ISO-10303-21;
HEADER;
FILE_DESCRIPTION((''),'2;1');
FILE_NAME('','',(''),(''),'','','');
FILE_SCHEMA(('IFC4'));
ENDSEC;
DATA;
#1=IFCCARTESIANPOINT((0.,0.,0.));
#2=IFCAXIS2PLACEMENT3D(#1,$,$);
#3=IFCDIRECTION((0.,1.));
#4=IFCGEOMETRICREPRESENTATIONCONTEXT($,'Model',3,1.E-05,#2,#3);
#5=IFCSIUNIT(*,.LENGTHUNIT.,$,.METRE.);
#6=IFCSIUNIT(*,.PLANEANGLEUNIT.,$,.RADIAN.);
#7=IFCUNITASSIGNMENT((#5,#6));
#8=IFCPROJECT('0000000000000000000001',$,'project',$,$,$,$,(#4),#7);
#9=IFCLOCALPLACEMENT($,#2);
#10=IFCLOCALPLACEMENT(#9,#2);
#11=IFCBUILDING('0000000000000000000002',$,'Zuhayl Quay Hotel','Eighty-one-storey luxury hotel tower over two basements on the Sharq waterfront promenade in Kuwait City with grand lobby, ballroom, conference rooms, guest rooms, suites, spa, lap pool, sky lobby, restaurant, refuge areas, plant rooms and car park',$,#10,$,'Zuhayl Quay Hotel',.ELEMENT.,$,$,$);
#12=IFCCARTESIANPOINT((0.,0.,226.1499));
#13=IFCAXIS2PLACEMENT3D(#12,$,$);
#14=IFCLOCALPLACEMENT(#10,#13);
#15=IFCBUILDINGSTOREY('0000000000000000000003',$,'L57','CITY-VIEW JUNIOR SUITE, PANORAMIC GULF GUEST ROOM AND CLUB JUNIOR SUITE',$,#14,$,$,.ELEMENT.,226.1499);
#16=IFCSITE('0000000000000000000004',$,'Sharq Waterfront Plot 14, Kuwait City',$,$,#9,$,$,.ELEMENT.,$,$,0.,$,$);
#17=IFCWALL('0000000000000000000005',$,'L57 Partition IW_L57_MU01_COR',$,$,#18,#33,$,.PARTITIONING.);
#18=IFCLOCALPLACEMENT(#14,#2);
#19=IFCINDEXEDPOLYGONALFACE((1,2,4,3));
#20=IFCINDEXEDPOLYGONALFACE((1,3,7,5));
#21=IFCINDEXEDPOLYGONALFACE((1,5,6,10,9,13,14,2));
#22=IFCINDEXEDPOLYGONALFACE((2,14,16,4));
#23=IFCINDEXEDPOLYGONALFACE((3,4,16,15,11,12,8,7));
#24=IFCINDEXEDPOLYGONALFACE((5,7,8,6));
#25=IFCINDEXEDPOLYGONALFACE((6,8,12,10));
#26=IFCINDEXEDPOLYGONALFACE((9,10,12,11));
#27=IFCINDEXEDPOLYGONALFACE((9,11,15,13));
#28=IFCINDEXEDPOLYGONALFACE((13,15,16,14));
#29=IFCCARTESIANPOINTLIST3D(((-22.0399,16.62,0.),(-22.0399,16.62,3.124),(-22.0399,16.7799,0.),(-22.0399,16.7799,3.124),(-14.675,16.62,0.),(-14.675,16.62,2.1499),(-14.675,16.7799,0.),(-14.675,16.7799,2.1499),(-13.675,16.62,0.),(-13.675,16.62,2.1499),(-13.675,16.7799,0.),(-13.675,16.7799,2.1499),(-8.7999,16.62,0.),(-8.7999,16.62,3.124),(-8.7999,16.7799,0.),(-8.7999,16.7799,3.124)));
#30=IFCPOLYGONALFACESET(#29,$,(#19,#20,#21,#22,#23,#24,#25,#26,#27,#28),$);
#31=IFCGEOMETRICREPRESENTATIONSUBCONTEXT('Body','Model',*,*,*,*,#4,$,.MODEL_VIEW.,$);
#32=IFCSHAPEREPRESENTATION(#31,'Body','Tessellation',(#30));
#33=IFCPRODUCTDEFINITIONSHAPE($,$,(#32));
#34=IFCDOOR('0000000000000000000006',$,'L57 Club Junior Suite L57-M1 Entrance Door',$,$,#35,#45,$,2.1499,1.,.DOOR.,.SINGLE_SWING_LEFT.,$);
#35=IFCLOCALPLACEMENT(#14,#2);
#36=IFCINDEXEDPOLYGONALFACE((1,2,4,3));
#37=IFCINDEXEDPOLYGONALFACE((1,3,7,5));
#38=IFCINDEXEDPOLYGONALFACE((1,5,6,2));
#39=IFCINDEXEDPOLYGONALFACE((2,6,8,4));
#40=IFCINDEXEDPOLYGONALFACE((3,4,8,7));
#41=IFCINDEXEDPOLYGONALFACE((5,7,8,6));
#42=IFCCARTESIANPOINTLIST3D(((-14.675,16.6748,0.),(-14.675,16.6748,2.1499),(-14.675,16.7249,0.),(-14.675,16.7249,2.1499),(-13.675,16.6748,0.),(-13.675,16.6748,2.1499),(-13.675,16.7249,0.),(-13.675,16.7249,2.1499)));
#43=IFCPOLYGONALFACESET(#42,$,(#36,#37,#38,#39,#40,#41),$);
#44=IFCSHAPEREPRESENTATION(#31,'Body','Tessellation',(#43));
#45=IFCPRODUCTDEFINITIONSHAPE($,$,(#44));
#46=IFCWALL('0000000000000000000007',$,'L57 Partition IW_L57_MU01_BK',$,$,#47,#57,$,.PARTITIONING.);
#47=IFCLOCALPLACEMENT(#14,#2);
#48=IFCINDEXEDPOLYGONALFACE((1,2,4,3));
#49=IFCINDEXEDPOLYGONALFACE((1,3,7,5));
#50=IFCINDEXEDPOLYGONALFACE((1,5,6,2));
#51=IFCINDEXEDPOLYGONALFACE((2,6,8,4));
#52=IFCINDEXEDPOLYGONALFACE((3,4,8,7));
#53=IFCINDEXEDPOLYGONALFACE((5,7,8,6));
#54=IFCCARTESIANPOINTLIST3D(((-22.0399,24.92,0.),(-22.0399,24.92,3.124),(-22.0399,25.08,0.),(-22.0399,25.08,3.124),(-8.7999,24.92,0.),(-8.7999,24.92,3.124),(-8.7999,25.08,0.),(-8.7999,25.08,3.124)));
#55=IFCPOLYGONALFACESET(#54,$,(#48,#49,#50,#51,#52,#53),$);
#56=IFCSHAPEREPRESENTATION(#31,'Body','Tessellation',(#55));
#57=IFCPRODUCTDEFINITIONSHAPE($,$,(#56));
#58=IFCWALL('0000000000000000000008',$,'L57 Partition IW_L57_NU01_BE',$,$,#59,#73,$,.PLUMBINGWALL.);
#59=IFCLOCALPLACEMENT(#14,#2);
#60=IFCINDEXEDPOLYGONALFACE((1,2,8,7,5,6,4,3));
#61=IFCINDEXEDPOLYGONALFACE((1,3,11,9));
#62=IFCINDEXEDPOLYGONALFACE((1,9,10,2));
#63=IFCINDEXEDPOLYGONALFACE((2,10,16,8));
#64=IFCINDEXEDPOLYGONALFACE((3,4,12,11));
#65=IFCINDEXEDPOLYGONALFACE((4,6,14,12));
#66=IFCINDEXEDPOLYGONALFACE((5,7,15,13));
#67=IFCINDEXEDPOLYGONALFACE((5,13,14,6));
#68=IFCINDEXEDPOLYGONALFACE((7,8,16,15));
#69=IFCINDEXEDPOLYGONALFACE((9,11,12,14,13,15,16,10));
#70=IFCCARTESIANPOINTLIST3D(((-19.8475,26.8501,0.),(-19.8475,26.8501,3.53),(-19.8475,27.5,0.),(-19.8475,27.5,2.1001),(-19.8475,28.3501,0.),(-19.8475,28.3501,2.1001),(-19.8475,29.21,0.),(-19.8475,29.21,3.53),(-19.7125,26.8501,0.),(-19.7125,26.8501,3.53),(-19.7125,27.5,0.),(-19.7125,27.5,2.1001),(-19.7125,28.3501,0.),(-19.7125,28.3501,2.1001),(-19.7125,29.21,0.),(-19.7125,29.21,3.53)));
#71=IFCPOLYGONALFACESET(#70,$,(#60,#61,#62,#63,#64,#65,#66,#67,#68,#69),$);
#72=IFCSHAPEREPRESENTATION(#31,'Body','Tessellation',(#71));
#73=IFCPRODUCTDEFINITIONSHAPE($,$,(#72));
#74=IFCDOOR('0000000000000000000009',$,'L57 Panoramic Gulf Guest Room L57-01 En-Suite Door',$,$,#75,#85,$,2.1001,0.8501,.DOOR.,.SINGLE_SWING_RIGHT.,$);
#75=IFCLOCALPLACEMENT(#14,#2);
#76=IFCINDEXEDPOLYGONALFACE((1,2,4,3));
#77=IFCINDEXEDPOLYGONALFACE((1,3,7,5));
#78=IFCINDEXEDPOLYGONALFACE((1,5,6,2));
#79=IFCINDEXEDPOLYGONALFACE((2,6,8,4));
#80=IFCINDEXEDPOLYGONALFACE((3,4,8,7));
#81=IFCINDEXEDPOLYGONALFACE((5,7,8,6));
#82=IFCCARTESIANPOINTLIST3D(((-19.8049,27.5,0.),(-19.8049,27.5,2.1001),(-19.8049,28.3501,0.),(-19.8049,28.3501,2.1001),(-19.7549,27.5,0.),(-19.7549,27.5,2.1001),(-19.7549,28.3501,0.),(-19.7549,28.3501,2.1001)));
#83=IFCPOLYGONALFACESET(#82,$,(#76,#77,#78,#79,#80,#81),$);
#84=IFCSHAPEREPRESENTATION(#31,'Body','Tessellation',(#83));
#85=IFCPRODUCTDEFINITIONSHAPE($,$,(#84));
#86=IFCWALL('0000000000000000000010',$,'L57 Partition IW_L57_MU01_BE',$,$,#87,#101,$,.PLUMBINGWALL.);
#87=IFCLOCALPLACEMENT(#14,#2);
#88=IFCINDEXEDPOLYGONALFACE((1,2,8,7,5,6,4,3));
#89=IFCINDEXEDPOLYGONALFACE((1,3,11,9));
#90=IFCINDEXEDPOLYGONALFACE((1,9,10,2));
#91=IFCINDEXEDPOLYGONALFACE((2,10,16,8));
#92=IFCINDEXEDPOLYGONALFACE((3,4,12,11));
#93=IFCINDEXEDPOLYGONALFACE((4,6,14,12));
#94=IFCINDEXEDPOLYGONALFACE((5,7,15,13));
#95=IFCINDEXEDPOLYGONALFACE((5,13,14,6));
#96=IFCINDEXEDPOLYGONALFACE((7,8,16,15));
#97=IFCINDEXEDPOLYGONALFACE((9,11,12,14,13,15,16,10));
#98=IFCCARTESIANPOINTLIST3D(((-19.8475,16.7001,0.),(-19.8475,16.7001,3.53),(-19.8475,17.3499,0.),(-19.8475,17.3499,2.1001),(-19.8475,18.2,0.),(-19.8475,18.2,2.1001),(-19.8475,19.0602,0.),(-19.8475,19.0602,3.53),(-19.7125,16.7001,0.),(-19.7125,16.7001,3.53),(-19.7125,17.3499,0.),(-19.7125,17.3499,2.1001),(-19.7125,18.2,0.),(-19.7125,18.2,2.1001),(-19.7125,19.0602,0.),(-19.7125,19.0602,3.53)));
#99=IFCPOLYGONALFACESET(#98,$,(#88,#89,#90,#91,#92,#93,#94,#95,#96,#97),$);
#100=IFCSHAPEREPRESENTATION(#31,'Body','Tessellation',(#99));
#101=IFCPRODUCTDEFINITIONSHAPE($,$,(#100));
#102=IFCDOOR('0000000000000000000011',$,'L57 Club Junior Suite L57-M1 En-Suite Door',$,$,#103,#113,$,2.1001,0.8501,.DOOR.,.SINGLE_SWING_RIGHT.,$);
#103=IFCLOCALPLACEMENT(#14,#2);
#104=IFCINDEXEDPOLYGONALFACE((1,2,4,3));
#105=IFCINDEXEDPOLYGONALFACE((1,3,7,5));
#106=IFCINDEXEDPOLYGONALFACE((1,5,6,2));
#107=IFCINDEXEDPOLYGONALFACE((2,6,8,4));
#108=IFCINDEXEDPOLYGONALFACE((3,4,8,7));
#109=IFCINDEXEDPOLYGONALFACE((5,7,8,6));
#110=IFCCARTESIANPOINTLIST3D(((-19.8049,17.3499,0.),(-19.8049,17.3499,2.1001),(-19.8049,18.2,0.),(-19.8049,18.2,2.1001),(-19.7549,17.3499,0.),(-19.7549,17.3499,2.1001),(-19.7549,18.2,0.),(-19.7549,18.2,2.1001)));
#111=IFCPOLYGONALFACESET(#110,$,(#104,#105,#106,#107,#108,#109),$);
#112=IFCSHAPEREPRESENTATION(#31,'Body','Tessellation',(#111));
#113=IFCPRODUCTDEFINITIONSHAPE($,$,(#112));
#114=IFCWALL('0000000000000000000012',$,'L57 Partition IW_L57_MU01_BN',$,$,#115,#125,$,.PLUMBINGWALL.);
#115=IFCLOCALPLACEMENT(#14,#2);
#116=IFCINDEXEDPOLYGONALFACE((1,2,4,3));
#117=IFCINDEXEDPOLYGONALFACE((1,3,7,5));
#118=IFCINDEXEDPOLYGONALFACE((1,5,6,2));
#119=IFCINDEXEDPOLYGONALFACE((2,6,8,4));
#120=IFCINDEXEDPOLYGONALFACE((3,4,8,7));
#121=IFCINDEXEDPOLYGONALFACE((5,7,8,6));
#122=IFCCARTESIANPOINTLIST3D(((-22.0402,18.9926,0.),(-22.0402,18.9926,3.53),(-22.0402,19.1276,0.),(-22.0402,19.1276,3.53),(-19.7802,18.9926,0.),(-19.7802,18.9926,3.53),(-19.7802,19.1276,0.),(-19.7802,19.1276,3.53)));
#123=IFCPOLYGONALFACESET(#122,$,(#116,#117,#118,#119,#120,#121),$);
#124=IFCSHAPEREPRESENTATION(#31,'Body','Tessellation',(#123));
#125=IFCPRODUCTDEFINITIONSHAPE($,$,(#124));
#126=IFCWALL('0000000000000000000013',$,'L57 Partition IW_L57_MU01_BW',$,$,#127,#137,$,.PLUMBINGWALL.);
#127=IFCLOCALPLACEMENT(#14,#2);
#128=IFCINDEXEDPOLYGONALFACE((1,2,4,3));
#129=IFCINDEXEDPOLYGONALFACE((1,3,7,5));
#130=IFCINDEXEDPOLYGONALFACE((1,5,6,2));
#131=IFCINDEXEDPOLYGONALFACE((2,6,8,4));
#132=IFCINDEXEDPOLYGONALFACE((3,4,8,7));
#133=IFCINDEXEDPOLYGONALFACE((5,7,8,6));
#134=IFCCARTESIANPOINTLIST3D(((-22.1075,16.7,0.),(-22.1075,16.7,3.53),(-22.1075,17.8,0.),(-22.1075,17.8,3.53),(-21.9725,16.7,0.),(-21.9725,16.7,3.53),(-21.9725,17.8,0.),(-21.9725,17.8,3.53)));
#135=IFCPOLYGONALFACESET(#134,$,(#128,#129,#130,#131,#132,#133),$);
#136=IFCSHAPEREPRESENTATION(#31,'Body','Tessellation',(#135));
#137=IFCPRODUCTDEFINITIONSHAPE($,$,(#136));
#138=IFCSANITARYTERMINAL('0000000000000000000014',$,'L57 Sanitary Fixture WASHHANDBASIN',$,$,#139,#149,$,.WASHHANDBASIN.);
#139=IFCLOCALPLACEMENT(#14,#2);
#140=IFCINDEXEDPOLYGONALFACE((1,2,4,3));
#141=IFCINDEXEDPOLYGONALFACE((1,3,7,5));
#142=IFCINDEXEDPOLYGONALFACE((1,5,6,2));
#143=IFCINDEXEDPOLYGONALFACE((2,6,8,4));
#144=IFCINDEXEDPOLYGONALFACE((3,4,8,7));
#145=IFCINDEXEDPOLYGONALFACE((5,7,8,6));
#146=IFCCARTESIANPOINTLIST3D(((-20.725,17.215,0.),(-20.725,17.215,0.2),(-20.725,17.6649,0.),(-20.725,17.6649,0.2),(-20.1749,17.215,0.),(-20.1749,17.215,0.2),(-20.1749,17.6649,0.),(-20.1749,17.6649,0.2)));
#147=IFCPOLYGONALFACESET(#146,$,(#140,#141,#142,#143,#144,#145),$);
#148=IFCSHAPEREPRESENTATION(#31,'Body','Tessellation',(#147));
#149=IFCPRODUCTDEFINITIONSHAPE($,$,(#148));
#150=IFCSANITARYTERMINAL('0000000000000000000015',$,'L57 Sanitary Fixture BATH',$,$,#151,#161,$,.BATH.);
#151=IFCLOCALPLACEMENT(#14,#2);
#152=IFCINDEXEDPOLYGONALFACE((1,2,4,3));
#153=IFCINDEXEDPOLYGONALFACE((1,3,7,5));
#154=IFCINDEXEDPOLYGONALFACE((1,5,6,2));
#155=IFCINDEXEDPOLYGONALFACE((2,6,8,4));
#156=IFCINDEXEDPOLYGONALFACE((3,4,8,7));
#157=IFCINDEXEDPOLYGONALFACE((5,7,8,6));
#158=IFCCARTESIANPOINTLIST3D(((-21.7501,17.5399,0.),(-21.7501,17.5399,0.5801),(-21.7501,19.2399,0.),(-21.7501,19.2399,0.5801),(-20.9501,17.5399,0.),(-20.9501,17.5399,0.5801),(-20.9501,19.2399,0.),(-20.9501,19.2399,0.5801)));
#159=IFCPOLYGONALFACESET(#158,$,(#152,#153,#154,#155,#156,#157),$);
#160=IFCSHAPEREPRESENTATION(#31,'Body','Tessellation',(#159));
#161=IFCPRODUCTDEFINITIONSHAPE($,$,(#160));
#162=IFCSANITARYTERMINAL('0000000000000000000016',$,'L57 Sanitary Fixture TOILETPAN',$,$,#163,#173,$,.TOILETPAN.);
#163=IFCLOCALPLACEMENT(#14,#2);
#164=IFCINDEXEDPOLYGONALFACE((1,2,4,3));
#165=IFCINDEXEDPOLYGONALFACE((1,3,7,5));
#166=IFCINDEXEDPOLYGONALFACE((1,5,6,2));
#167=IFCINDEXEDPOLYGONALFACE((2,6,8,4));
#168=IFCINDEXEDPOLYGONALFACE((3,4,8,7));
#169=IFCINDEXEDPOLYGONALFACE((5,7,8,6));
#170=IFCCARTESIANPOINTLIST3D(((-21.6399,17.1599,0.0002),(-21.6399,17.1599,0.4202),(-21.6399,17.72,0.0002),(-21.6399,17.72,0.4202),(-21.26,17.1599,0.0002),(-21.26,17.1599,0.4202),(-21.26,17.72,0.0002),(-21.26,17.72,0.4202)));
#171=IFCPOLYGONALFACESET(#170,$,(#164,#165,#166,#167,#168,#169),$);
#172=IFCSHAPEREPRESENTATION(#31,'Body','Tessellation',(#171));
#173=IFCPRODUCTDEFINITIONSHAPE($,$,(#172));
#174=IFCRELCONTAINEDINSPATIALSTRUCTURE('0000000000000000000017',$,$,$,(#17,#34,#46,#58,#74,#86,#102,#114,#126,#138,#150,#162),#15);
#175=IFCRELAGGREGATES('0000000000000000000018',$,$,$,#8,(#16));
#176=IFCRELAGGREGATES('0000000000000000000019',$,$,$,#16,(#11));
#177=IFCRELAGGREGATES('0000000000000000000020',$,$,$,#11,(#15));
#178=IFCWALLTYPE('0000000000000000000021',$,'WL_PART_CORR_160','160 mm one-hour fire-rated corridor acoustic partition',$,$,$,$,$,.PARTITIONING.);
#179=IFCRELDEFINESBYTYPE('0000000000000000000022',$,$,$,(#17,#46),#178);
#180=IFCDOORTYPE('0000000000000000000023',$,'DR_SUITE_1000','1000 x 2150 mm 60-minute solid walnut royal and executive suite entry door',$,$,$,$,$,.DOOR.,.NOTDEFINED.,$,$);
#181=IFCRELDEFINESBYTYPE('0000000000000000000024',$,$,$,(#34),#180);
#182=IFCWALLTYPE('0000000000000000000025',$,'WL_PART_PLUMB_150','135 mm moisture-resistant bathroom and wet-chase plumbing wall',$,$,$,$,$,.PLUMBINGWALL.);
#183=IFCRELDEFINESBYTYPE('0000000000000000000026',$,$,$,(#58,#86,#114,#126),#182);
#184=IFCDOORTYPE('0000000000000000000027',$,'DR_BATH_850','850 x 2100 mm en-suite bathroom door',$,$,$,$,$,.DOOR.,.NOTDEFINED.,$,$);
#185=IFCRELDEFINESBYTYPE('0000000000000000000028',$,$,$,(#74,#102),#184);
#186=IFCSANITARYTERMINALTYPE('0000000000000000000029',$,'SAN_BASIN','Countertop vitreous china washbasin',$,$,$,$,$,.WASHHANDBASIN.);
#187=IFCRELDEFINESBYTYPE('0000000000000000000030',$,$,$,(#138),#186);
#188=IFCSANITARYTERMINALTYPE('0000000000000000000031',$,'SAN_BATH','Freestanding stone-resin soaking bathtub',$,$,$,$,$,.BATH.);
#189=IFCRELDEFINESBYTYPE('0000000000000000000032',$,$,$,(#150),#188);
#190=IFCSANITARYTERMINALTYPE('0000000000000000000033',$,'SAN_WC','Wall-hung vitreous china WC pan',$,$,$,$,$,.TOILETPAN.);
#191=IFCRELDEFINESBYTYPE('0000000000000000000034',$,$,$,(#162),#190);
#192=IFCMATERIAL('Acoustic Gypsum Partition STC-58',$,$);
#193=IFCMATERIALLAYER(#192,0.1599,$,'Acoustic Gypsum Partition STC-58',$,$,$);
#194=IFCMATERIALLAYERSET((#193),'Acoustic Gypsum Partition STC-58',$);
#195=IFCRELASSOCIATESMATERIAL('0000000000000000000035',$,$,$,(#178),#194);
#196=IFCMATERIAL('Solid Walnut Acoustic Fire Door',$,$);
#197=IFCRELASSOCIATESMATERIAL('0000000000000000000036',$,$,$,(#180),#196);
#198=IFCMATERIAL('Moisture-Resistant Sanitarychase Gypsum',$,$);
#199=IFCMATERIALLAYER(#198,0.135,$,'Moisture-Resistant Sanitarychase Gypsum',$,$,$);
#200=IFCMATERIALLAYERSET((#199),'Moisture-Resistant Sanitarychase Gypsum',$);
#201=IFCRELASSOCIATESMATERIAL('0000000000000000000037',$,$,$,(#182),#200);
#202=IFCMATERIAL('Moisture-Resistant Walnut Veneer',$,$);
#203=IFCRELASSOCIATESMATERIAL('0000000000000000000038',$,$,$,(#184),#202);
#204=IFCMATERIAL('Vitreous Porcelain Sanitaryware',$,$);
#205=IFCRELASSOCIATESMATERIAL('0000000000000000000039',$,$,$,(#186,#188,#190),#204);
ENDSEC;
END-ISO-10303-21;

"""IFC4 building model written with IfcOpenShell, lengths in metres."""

from ifc_helpers import new_model, si_unit, direction, frame, frame_2d, origin, origin_2d, place, context, subcontext, project, spatial, rectangle, extrude, material, layer, layer_set, type_object, element, fill, save


model = new_model("IFC4")

# Units and contexts
model_context = context("Model", 3, precision=1e-05, world=origin(), true_north=direction((0.0, 1.0)))
body_context = subcontext(model_context, "Body", "Model", "MODEL_VIEW")
ifc_project = project(units=[si_unit("LENGTHUNIT", "METRE"), si_unit("PLANEANGLEUNIT", "RADIAN")], contexts=[model_context])

# Site, building, storey
site_placement = place(None, origin())
site = spatial("IfcSite", under=ifc_project, at=site_placement, Name="Sharq Waterfront Plot 14, Kuwait City", CompositionType="ELEMENT", RefElevation=0.0)
building_placement = place(site_placement, origin())
building = spatial("IfcBuilding", under=site, at=building_placement, Name="Zuhayl Quay Hotel", Description="Eighty-one-storey luxury hotel tower over two basements on the Sharq waterfront promenade in Kuwait City with grand lobby, ballroom, conference rooms, guest rooms, suites, spa, lap pool, sky lobby, restaurant, refuge areas, plant rooms and car park", LongName="Zuhayl Quay Hotel", CompositionType="ELEMENT")
storey_placement = place(building_placement, frame((0.0, 0.0, 226.1499)))
storey = spatial("IfcBuildingStorey", under=building, at=storey_placement, Name="L57", Description="CITY-VIEW JUNIOR SUITE, PANORAMIC GULF GUEST ROOM AND CLUB JUNIOR SUITE", CompositionType="ELEMENT", Elevation=226.1499)

# Shared definitions
ifc_material_1 = material(Name="Acoustic Gypsum Partition STC-58")

# Wall, opening, door
ifc_layer_1 = layer(ifc_material_1, 0.1599, Name="Acoustic Gypsum Partition STC-58")
ifc_layer_set_1 = layer_set([ifc_layer_1], Name="Acoustic Gypsum Partition STC-58")
wall_type_1 = type_object("IfcWallType", Name="WL_PART_CORR_160", Description="160 mm one-hour fire-rated corridor acoustic partition", PredefinedType="PARTITIONING", material=ifc_layer_set_1)
ifc_material_2 = material(Name="Solid Walnut Acoustic Fire Door")
door_type_1 = type_object("IfcDoorType", Name="DR_SUITE_1000", Description="1000 x 2150 mm 60-minute solid walnut royal and executive suite entry door", OperationType="NOTDEFINED", PredefinedType="DOOR", material=ifc_material_2)
wall_1_placement = place(storey_placement, frame((-22.04, 16.7, 0.0), z_axis=(0.0, 0.0, 1.0), x_axis=(1.0, 0.0, 0.0)))
wall_1 = element("IfcWall", 1, at=wall_1_placement, inside=storey, type_object=wall_type_1, Name="L57 Partition IW_L57_MU01_COR", PredefinedType="PARTITIONING", context=body_context, shape_type="SweptSolid", body=[
    extrude(rectangle(XDim=13.24, YDim=0.1599, at=frame_2d((6.6201, 0.0))), origin(), (0.0, 0.0, 1.0), 3.124),
])
opening_1_placement = place(wall_1_placement, frame((7.365, 0.0, 0.0)))
opening_1 = element("IfcOpeningElement", 2, at=opening_1_placement, cuts=wall_1, PredefinedType="OPENING", context=body_context, shape_type="SweptSolid", body=[
    extrude(rectangle(XDim=1.0, YDim=2.1499, at=frame_2d((0.5, 1.075))), frame((0.0, 0.0898, 0.0), z_axis=(0.0, -1.0, 0.0), x_axis=(1.0, 0.0, 0.0)), (0.0, 0.0, 1.0), 0.1799),
])
door_1_placement = place(opening_1_placement, origin())
door_1 = element("IfcDoor", 3, at=door_1_placement, inside=storey, type_object=door_type_1, Name="L57 Club Junior Suite L57-M1 Entrance Door", OperationType="SINGLE_SWING_LEFT", OverallHeight=2.1499, OverallWidth=1.0, PredefinedType="DOOR", context=body_context, shape_type="SweptSolid", body=[
    extrude(rectangle(XDim=1.0, YDim=2.1499, at=frame_2d((0.5, 1.075))), frame((0.0, 0.0249, 0.0), z_axis=(0.0, -1.0, 0.0), x_axis=(1.0, 0.0, 0.0)), (0.0, 0.0, 1.0), 0.05),
])
fill(opening_1, door_1)

# Wall
wall_2_placement = place(storey_placement, frame((-22.04, 25.0, 0.0), z_axis=(0.0, 0.0, 1.0), x_axis=(1.0, 0.0, 0.0)))
element("IfcWall", 4, at=wall_2_placement, inside=storey, type_object=wall_type_1, Name="L57 Partition IW_L57_MU01_BK", PredefinedType="PARTITIONING", context=body_context, shape_type="SweptSolid", body=[
    extrude(rectangle(XDim=13.24, YDim=0.1599, at=frame_2d((6.6201, 0.0))), origin(), (0.0, 0.0, 1.0), 3.124),
])

# Walls, openings, doors
ifc_material_3 = material(Name="Moisture-Resistant Sanitarychase Gypsum")
ifc_layer_2 = layer(ifc_material_3, 0.135, Name="Moisture-Resistant Sanitarychase Gypsum")
ifc_layer_set_2 = layer_set([ifc_layer_2], Name="Moisture-Resistant Sanitarychase Gypsum")
wall_type_2 = type_object("IfcWallType", Name="WL_PART_PLUMB_150", Description="135 mm moisture-resistant bathroom and wet-chase plumbing wall", PredefinedType="PLUMBINGWALL", material=ifc_layer_set_2)
wall_3_placement = place(storey_placement, frame((-19.78, 26.8501, 0.0), z_axis=(0.0, 0.0, 1.0), x_axis=(0.0, 1.0, 0.0)))
wall_3 = element("IfcWall", 5, at=wall_3_placement, inside=storey, type_object=wall_type_2, Name="L57 Partition IW_L57_NU01_BE", PredefinedType="PLUMBINGWALL", context=body_context, shape_type="SweptSolid", body=[
    extrude(rectangle(XDim=2.3599, YDim=0.135, at=frame_2d((1.1799, 0.0))), origin(), (0.0, 0.0, 1.0), 3.53),
])
opening_2_placement = place(wall_3_placement, frame((0.6499, 0.0, 0.0)))
opening_2 = element("IfcOpeningElement", 6, at=opening_2_placement, cuts=wall_3, PredefinedType="OPENING", context=body_context, shape_type="SweptSolid", body=[
    extrude(rectangle(XDim=0.8501, YDim=2.1001, at=frame_2d((0.425, 1.05))), frame((0.0, 0.0774, 0.0), z_axis=(0.0, -1.0, 0.0), x_axis=(1.0, 0.0, 0.0)), (0.0, 0.0, 1.0), 0.155),
])
ifc_material_4 = material(Name="Moisture-Resistant Walnut Veneer")
door_type_2 = type_object("IfcDoorType", Name="DR_BATH_850", Description="850 x 2100 mm en-suite bathroom door", OperationType="NOTDEFINED", PredefinedType="DOOR", material=ifc_material_4)
door_2_placement = place(opening_2_placement, origin())
door_2 = element("IfcDoor", 7, at=door_2_placement, inside=storey, type_object=door_type_2, Name="L57 Panoramic Gulf Guest Room L57-01 En-Suite Door", OperationType="SINGLE_SWING_RIGHT", OverallHeight=2.1001, OverallWidth=0.8501, PredefinedType="DOOR", context=body_context, shape_type="SweptSolid", body=[
    extrude(rectangle(XDim=0.8501, YDim=2.1001, at=frame_2d((0.425, 1.05))), frame((0.0, 0.0249, 0.0), z_axis=(0.0, -1.0, 0.0), x_axis=(1.0, 0.0, 0.0)), (0.0, 0.0, 1.0), 0.05),
])
fill(opening_2, door_2)
wall_4_placement = place(storey_placement, frame((-19.78, 16.7, 0.0), z_axis=(0.0, 0.0, 1.0), x_axis=(0.0, 1.0, 0.0)))
wall_4 = element("IfcWall", 8, at=wall_4_placement, inside=storey, type_object=wall_type_2, Name="L57 Partition IW_L57_MU01_BE", PredefinedType="PLUMBINGWALL", context=body_context, shape_type="SweptSolid", body=[
    extrude(rectangle(XDim=2.3601, YDim=0.135, at=frame_2d((1.1802, 0.0))), origin(), (0.0, 0.0, 1.0), 3.53),
])
opening_3_placement = place(wall_4_placement, frame((0.6499, 0.0, 0.0)))
opening_3 = element("IfcOpeningElement", 9, at=opening_3_placement, cuts=wall_4, PredefinedType="OPENING", context=body_context, shape_type="SweptSolid", body=[
    extrude(rectangle(XDim=0.8501, YDim=2.1001, at=frame_2d((0.425, 1.05))), frame((0.0, 0.0774, 0.0), z_axis=(0.0, -1.0, 0.0), x_axis=(1.0, 0.0, 0.0)), (0.0, 0.0, 1.0), 0.155),
])
door_3_placement = place(opening_3_placement, origin())
door_3 = element("IfcDoor", 10, at=door_3_placement, inside=storey, type_object=door_type_2, Name="L57 Club Junior Suite L57-M1 En-Suite Door", OperationType="SINGLE_SWING_RIGHT", OverallHeight=2.1001, OverallWidth=0.8501, PredefinedType="DOOR", context=body_context, shape_type="SweptSolid", body=[
    extrude(rectangle(XDim=0.8501, YDim=2.1001, at=frame_2d((0.425, 1.05))), frame((0.0, 0.0249, 0.0), z_axis=(0.0, -1.0, 0.0), x_axis=(1.0, 0.0, 0.0)), (0.0, 0.0, 1.0), 0.05),
])
fill(opening_3, door_3)

# Walls
wall_5_placement = place(storey_placement, frame((-22.04, 19.0601, 0.0), z_axis=(0.0, 0.0, 1.0), x_axis=(1.0, 0.0, 0.0)))
element("IfcWall", 11, at=wall_5_placement, inside=storey, type_object=wall_type_2, Name="L57 Partition IW_L57_MU01_BN", PredefinedType="PLUMBINGWALL", context=body_context, shape_type="SweptSolid", body=[
    extrude(rectangle(XDim=2.26, YDim=0.135, at=frame_2d((1.1299, 0.0))), origin(), (0.0, 0.0, 1.0), 3.53),
])
wall_6_placement = place(storey_placement, frame((-22.04, 16.7, 0.0), z_axis=(0.0, 0.0, 1.0), x_axis=(0.0, 1.0, 0.0)))
element("IfcWall", 12, at=wall_6_placement, inside=storey, type_object=wall_type_2, Name="L57 Partition IW_L57_MU01_BW", PredefinedType="PLUMBINGWALL", context=body_context, shape_type="SweptSolid", body=[
    extrude(rectangle(XDim=1.1001, YDim=0.135, at=frame_2d((0.55, 0.0))), origin(), (0.0, 0.0, 1.0), 3.53),
])

# Sanitary terminals
ifc_material_5 = material(Name="Vitreous Porcelain Sanitaryware")
sanitary_terminal_type_1 = type_object("IfcSanitaryTerminalType", Name="SAN_BASIN", Description="Countertop vitreous china washbasin", PredefinedType="WASHHANDBASIN", material=ifc_material_5)
sanitary_terminal_1_placement = place(storey_placement, frame((-20.45, 17.4399, 0.0), z_axis=(0.0, 0.0, 1.0), x_axis=(1.0, 0.0, 0.0)))
element("IfcSanitaryTerminal", 13, at=sanitary_terminal_1_placement, inside=storey, type_object=sanitary_terminal_type_1, Name="L57 Sanitary Fixture WASHHANDBASIN", PredefinedType="WASHHANDBASIN", context=body_context, shape_type="SweptSolid", body=[
    extrude(rectangle(XDim=0.55, YDim=0.45, at=origin_2d()), origin(), (0.0, 0.0, 1.0), 0.2),
])
sanitary_terminal_type_2 = type_object("IfcSanitaryTerminalType", Name="SAN_BATH", Description="Freestanding stone-resin soaking bathtub", PredefinedType="BATH", material=ifc_material_5)
sanitary_terminal_2_placement = place(storey_placement, frame((-21.3501, 18.3899, 0.0), z_axis=(0.0, 0.0, 1.0), x_axis=(1.0, 0.0, 0.0)))
element("IfcSanitaryTerminal", 14, at=sanitary_terminal_2_placement, inside=storey, type_object=sanitary_terminal_type_2, Name="L57 Sanitary Fixture BATH", PredefinedType="BATH", context=body_context, shape_type="SweptSolid", body=[
    extrude(rectangle(XDim=0.8, YDim=1.7, at=origin_2d()), origin(), (0.0, 0.0, 1.0), 0.5801),
])
sanitary_terminal_type_3 = type_object("IfcSanitaryTerminalType", Name="SAN_WC", Description="Wall-hung vitreous china WC pan", PredefinedType="TOILETPAN", material=ifc_material_5)
sanitary_terminal_3_placement = place(storey_placement, frame((-21.45, 17.4399, 0.0002), z_axis=(0.0, 0.0, 1.0), x_axis=(1.0, 0.0, 0.0)))
element("IfcSanitaryTerminal", 15, at=sanitary_terminal_3_placement, inside=storey, type_object=sanitary_terminal_type_3, Name="L57 Sanitary Fixture TOILETPAN", PredefinedType="TOILETPAN", context=body_context, shape_type="SweptSolid", body=[
    extrude(rectangle(XDim=0.3799, YDim=0.5601, at=origin_2d()), origin(), (0.0, 0.0, 1.0), 0.4199),
])

save(model, "model.ifc")
